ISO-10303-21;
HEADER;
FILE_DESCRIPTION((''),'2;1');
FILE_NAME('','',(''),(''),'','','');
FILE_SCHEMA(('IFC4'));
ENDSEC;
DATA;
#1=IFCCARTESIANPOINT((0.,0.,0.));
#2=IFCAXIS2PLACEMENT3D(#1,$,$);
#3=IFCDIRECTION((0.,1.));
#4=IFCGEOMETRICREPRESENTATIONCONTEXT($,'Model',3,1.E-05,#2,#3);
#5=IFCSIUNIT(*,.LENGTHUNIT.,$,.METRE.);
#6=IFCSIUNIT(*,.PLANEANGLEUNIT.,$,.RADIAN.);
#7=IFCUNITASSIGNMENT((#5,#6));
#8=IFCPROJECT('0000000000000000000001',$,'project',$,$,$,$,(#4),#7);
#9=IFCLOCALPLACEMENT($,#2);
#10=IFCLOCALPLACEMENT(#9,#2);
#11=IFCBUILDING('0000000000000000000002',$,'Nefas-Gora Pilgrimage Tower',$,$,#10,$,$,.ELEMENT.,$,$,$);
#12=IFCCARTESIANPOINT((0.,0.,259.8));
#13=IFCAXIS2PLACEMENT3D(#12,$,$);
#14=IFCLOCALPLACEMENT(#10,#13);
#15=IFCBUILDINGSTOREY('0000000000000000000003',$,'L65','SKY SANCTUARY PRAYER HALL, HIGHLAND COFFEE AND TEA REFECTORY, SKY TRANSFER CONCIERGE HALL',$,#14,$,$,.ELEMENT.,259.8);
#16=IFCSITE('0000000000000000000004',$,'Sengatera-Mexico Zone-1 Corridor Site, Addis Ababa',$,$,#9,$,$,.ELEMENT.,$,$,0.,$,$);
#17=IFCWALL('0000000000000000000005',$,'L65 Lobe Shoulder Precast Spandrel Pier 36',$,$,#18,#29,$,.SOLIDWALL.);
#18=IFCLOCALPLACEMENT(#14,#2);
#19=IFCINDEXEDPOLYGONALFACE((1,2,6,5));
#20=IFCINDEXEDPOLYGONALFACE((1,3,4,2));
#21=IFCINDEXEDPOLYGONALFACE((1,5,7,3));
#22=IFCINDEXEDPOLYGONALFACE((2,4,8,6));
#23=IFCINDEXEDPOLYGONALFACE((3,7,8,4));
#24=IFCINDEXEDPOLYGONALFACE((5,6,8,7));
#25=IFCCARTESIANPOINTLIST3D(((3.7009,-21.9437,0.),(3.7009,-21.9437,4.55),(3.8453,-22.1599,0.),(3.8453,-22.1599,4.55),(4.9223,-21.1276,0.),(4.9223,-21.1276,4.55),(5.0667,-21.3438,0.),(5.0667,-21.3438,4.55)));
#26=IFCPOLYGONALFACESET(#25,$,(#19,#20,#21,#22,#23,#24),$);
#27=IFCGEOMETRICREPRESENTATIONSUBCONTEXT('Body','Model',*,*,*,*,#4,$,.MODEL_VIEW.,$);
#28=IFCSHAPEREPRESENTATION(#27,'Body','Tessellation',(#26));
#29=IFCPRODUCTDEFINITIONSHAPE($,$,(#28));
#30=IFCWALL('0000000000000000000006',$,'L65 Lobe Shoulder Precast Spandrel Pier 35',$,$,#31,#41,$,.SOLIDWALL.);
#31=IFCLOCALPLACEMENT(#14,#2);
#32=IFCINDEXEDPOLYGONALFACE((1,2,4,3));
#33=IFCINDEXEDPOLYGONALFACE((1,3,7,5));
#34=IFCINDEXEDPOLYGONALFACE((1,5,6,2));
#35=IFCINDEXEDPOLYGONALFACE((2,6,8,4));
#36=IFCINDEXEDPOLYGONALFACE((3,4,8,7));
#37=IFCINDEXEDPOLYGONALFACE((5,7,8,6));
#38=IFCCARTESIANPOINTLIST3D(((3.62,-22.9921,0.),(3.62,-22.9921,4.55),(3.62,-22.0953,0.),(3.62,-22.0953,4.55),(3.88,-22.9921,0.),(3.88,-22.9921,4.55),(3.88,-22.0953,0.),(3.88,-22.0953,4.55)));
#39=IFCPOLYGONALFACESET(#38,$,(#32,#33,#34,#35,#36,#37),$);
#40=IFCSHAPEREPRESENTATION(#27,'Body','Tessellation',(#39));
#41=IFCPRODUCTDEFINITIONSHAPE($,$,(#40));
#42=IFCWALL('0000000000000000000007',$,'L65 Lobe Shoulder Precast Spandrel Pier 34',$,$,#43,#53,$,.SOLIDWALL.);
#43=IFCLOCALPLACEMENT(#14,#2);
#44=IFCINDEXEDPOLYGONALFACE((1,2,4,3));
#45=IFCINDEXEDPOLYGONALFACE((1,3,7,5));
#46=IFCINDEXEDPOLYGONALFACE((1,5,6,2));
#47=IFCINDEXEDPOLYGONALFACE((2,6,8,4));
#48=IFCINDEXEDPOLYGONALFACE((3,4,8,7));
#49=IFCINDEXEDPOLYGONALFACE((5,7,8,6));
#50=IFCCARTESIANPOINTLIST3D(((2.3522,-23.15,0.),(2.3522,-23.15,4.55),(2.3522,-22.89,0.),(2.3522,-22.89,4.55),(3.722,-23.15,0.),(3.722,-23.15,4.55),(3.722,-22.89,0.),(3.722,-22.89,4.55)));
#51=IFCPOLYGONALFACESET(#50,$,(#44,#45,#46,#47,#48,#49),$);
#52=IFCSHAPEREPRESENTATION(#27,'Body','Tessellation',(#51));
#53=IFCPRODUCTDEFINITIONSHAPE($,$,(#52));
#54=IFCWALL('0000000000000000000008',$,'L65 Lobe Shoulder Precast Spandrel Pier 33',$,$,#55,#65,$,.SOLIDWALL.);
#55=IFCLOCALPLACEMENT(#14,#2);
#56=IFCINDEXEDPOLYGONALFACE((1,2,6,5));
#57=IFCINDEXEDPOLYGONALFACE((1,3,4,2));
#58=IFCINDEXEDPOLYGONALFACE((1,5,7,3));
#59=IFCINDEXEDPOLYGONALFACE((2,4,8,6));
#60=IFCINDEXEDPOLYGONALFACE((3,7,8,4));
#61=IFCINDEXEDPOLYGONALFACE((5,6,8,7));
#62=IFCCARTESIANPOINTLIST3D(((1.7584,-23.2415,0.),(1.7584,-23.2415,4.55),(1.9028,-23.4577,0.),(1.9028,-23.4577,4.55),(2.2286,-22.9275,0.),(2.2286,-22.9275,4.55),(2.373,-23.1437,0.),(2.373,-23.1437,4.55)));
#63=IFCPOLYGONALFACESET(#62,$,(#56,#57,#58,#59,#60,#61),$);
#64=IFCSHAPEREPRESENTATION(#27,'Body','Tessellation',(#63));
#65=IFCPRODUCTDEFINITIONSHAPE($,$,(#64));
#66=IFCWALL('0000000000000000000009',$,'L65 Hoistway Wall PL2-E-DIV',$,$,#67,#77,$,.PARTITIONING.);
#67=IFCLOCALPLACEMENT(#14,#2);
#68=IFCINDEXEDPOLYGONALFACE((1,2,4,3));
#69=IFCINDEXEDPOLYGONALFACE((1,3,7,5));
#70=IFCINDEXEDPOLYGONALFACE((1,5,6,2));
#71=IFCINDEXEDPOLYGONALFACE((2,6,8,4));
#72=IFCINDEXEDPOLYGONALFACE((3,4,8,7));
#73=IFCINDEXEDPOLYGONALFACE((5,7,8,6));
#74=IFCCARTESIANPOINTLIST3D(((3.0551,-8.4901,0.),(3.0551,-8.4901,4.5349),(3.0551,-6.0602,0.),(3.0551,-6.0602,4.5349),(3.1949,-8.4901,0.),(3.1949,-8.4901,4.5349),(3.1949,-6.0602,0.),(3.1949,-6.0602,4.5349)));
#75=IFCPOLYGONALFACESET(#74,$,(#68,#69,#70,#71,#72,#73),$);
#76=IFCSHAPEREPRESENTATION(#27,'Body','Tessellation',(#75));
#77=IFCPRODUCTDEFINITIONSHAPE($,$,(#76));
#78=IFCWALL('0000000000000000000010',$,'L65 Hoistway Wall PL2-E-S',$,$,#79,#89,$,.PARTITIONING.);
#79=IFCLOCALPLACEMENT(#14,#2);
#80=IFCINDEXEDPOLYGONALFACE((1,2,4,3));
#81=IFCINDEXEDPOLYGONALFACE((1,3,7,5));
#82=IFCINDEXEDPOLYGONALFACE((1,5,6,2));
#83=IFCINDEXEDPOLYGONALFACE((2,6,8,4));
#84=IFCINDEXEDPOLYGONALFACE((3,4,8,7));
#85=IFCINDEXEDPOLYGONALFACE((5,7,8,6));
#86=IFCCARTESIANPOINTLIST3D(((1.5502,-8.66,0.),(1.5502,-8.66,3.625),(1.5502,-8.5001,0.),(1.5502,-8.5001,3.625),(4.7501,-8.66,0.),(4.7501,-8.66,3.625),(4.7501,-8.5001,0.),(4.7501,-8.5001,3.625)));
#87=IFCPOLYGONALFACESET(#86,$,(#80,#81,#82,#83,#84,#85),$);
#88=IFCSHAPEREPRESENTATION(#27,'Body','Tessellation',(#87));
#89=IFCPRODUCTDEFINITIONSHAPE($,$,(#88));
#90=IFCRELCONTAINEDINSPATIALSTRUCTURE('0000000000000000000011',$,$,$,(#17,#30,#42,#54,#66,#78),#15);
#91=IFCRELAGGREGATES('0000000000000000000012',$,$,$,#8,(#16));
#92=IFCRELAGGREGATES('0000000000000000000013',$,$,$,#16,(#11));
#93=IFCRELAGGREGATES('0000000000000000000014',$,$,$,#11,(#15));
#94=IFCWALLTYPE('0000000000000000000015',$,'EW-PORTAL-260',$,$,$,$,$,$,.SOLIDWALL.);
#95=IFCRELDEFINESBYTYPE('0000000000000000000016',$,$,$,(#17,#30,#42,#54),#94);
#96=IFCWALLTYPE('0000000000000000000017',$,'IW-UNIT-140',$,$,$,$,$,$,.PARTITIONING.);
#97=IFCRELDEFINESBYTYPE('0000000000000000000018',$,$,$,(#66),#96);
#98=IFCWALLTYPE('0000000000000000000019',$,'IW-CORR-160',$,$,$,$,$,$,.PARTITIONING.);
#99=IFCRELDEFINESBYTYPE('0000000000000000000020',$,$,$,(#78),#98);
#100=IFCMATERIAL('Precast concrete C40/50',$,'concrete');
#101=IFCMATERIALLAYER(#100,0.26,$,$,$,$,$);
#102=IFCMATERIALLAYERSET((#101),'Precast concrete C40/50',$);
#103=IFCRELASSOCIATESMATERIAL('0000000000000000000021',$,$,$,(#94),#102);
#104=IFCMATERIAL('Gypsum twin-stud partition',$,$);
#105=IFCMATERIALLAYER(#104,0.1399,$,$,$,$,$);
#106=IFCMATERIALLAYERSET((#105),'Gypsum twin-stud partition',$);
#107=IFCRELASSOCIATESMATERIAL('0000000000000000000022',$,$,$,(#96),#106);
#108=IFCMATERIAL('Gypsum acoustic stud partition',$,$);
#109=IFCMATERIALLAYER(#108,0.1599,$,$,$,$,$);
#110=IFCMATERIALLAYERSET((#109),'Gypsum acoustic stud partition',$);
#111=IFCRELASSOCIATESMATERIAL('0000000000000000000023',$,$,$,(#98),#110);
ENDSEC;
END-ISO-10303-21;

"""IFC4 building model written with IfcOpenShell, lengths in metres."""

from ifc_helpers import new_model, si_unit, direction, frame, frame_2d, origin, place, context, subcontext, project, spatial, rectangle, extrude, source, transform, mapped, material, layer, layer_set, type_object, element, save


model = new_model("IFC4")

# Units and contexts
model_context = context("Model", 3, precision=1e-05, world=origin(), true_north=direction((0.0, 1.0)))
body_context = subcontext(model_context, "Body", "Model", "MODEL_VIEW")
ifc_project = project(units=[si_unit("LENGTHUNIT", "METRE"), si_unit("PLANEANGLEUNIT", "RADIAN")], contexts=[model_context])

# Site, building, storey
site_placement = place(None, origin())
site = spatial("IfcSite", under=ifc_project, at=site_placement, Name="Sengatera-Mexico Zone-1 Corridor Site, Addis Ababa", CompositionType="ELEMENT", RefElevation=0.0)
building_placement = place(site_placement, origin())
building = spatial("IfcBuilding", under=site, at=building_placement, Name="Nefas-Gora Pilgrimage Tower", CompositionType="ELEMENT")
storey_placement = place(building_placement, frame((0.0, 0.0, 259.8)))
storey = spatial("IfcBuildingStorey", under=building, at=storey_placement, Name="L65", Description="SKY SANCTUARY PRAYER HALL, HIGHLAND COFFEE AND TEA REFECTORY, SKY TRANSFER CONCIERGE HALL", CompositionType="ELEMENT", Elevation=259.8)

# Walls
ifc_material_1 = material(Name="Precast concrete C40/50", Category="concrete")
ifc_layer_1 = layer(ifc_material_1, 0.26)
ifc_layer_set_1 = layer_set([ifc_layer_1], Name="Precast concrete C40/50")
wall_type_1 = type_object("IfcWallType", Name="EW-PORTAL-260", PredefinedType="SOLIDWALL", material=ifc_layer_set_1)
shared_shape_1 = source(origin(), body_context, "Body", "SweptSolid", [
    extrude(rectangle(XDim=1.469, YDim=0.26, at=frame_2d((0.7344, 0.0))), origin(), (0.0, 0.0, 1.0), 4.55),
])
wall_1_placement = place(storey_placement, frame((3.7732, -22.0518, 0.0), z_axis=(0.0, 0.0, 1.0), x_axis=(0.831462, 0.555582, 0.0)))
element("IfcWall", 1, at=wall_1_placement, inside=storey, type_object=wall_type_1, Name="L65 Lobe Shoulder Precast Spandrel Pier 36", PredefinedType="SOLIDWALL", context=body_context, shape_type="MappedRepresentation", body=[
    mapped(shared_shape_1, transform((0.0, 0.0, 0.0), x_axis=(1.0, 0.0, 0.0), y_axis=(0.0, 1.0, 0.0), z_axis=(0.0, 0.0, 1.0), scale=1.0)),
])
shared_shape_2 = source(origin(), body_context, "Body", "SweptSolid", [
    extrude(rectangle(XDim=0.8967, YDim=0.26, at=frame_2d((0.4482, 0.0))), origin(), (0.0, 0.0, 1.0), 4.55),
])
wall_2_placement = place(storey_placement, frame((3.75, -22.9919, 0.0), z_axis=(0.0, 0.0, 1.0), x_axis=(0.0, 1.0, 0.0)))
element("IfcWall", 2, at=wall_2_placement, inside=storey, type_object=wall_type_1, Name="L65 Lobe Shoulder Precast Spandrel Pier 35", PredefinedType="SOLIDWALL", context=body_context, shape_type="MappedRepresentation", body=[
    mapped(shared_shape_2, transform((0.0, 0.0, 0.0), x_axis=(1.0, 0.0, 0.0), y_axis=(0.0, 1.0, 0.0), z_axis=(0.0, 0.0, 1.0), scale=1.0)),
])
shared_shape_3 = source(origin(), body_context, "Body", "SweptSolid", [
    extrude(rectangle(XDim=1.3699, YDim=0.26, at=frame_2d((0.6851, 0.0))), origin(), (0.0, 0.0, 1.0), 4.55),
])
wall_3_placement = place(storey_placement, frame((2.3521, -23.02, 0.0), z_axis=(0.0, 0.0, 1.0), x_axis=(1.0, 0.0, 0.0)))
element("IfcWall", 3, at=wall_3_placement, inside=storey, type_object=wall_type_1, Name="L65 Lobe Shoulder Precast Spandrel Pier 34", PredefinedType="SOLIDWALL", context=body_context, shape_type="MappedRepresentation", body=[
    mapped(shared_shape_3, transform((0.0, 0.0, 0.0), x_axis=(1.0, 0.0, 0.0), y_axis=(0.0, 1.0, 0.0), z_axis=(0.0, 0.0, 1.0), scale=1.0)),
])
shared_shape_4 = source(origin(), body_context, "Body", "SweptSolid", [
    extrude(rectangle(XDim=0.5654, YDim=0.26, at=frame_2d((0.2827, 0.0))), origin(), (0.0, 0.0, 1.0), 4.55),
])
wall_4_placement = place(storey_placement, frame((1.8306, -23.3496, 0.0), z_axis=(0.0, 0.0, 1.0), x_axis=(0.831651, 0.555298, 0.0)))
element("IfcWall", 4, at=wall_4_placement, inside=storey, type_object=wall_type_1, Name="L65 Lobe Shoulder Precast Spandrel Pier 33", PredefinedType="SOLIDWALL", context=body_context, shape_type="MappedRepresentation", body=[
    mapped(shared_shape_4, transform((0.0, 0.0, 0.0), x_axis=(1.0, 0.0, 0.0), y_axis=(0.0, 1.0, 0.0), z_axis=(0.0, 0.0, 1.0), scale=1.0)),
])
ifc_material_2 = material(Name="Gypsum twin-stud partition")
ifc_layer_2 = layer(ifc_material_2, 0.1399)
ifc_layer_set_2 = layer_set([ifc_layer_2], Name="Gypsum twin-stud partition")
wall_type_2 = type_object("IfcWallType", Name="IW-UNIT-140", PredefinedType="PARTITIONING", material=ifc_layer_set_2)
shared_shape_5 = source(origin(), body_context, "Body", "SweptSolid", [
    extrude(rectangle(XDim=2.4299, YDim=0.1399, at=frame_2d((1.2148, 0.0))), origin(), (0.0, 0.0, 1.0), 4.5349),
])
wall_5_placement = place(storey_placement, frame((3.125, -8.49, 0.0), z_axis=(0.0, 0.0, 1.0), x_axis=(0.0, 1.0, 0.0)))
element("IfcWall", 5, at=wall_5_placement, inside=storey, type_object=wall_type_2, Name="L65 Hoistway Wall PL2-E-DIV", PredefinedType="PARTITIONING", context=body_context, shape_type="MappedRepresentation", body=[
    mapped(shared_shape_5, transform((0.0, 0.0, 0.0), x_axis=(1.0, 0.0, 0.0), y_axis=(0.0, 1.0, 0.0), z_axis=(0.0, 0.0, 1.0), scale=1.0)),
])
ifc_material_3 = material(Name="Gypsum acoustic stud partition")
ifc_layer_3 = layer(ifc_material_3, 0.1599)
ifc_layer_set_3 = layer_set([ifc_layer_3], Name="Gypsum acoustic stud partition")
wall_type_3 = type_object("IfcWallType", Name="IW-CORR-160", PredefinedType="PARTITIONING", material=ifc_layer_set_3)
shared_shape_6 = source(origin(), body_context, "Body", "SweptSolid", [
    extrude(rectangle(XDim=3.2, YDim=0.1599, at=frame_2d((1.6001, 0.0))), origin(), (0.0, 0.0, 1.0), 3.625),
])
wall_6_placement = place(storey_placement, frame((1.55, -8.5801, 0.0), z_axis=(0.0, 0.0, 1.0), x_axis=(1.0, 0.0, 0.0)))
element("IfcWall", 6, at=wall_6_placement, inside=storey, type_object=wall_type_3, Name="L65 Hoistway Wall PL2-E-S", PredefinedType="PARTITIONING", context=body_context, shape_type="MappedRepresentation", body=[
    mapped(shared_shape_6, transform((0.0, 0.0, 0.0), x_axis=(1.0, 0.0, 0.0), y_axis=(0.0, 1.0, 0.0), z_axis=(0.0, 0.0, 1.0), scale=1.0)),
])

save(model, "model.ifc")
